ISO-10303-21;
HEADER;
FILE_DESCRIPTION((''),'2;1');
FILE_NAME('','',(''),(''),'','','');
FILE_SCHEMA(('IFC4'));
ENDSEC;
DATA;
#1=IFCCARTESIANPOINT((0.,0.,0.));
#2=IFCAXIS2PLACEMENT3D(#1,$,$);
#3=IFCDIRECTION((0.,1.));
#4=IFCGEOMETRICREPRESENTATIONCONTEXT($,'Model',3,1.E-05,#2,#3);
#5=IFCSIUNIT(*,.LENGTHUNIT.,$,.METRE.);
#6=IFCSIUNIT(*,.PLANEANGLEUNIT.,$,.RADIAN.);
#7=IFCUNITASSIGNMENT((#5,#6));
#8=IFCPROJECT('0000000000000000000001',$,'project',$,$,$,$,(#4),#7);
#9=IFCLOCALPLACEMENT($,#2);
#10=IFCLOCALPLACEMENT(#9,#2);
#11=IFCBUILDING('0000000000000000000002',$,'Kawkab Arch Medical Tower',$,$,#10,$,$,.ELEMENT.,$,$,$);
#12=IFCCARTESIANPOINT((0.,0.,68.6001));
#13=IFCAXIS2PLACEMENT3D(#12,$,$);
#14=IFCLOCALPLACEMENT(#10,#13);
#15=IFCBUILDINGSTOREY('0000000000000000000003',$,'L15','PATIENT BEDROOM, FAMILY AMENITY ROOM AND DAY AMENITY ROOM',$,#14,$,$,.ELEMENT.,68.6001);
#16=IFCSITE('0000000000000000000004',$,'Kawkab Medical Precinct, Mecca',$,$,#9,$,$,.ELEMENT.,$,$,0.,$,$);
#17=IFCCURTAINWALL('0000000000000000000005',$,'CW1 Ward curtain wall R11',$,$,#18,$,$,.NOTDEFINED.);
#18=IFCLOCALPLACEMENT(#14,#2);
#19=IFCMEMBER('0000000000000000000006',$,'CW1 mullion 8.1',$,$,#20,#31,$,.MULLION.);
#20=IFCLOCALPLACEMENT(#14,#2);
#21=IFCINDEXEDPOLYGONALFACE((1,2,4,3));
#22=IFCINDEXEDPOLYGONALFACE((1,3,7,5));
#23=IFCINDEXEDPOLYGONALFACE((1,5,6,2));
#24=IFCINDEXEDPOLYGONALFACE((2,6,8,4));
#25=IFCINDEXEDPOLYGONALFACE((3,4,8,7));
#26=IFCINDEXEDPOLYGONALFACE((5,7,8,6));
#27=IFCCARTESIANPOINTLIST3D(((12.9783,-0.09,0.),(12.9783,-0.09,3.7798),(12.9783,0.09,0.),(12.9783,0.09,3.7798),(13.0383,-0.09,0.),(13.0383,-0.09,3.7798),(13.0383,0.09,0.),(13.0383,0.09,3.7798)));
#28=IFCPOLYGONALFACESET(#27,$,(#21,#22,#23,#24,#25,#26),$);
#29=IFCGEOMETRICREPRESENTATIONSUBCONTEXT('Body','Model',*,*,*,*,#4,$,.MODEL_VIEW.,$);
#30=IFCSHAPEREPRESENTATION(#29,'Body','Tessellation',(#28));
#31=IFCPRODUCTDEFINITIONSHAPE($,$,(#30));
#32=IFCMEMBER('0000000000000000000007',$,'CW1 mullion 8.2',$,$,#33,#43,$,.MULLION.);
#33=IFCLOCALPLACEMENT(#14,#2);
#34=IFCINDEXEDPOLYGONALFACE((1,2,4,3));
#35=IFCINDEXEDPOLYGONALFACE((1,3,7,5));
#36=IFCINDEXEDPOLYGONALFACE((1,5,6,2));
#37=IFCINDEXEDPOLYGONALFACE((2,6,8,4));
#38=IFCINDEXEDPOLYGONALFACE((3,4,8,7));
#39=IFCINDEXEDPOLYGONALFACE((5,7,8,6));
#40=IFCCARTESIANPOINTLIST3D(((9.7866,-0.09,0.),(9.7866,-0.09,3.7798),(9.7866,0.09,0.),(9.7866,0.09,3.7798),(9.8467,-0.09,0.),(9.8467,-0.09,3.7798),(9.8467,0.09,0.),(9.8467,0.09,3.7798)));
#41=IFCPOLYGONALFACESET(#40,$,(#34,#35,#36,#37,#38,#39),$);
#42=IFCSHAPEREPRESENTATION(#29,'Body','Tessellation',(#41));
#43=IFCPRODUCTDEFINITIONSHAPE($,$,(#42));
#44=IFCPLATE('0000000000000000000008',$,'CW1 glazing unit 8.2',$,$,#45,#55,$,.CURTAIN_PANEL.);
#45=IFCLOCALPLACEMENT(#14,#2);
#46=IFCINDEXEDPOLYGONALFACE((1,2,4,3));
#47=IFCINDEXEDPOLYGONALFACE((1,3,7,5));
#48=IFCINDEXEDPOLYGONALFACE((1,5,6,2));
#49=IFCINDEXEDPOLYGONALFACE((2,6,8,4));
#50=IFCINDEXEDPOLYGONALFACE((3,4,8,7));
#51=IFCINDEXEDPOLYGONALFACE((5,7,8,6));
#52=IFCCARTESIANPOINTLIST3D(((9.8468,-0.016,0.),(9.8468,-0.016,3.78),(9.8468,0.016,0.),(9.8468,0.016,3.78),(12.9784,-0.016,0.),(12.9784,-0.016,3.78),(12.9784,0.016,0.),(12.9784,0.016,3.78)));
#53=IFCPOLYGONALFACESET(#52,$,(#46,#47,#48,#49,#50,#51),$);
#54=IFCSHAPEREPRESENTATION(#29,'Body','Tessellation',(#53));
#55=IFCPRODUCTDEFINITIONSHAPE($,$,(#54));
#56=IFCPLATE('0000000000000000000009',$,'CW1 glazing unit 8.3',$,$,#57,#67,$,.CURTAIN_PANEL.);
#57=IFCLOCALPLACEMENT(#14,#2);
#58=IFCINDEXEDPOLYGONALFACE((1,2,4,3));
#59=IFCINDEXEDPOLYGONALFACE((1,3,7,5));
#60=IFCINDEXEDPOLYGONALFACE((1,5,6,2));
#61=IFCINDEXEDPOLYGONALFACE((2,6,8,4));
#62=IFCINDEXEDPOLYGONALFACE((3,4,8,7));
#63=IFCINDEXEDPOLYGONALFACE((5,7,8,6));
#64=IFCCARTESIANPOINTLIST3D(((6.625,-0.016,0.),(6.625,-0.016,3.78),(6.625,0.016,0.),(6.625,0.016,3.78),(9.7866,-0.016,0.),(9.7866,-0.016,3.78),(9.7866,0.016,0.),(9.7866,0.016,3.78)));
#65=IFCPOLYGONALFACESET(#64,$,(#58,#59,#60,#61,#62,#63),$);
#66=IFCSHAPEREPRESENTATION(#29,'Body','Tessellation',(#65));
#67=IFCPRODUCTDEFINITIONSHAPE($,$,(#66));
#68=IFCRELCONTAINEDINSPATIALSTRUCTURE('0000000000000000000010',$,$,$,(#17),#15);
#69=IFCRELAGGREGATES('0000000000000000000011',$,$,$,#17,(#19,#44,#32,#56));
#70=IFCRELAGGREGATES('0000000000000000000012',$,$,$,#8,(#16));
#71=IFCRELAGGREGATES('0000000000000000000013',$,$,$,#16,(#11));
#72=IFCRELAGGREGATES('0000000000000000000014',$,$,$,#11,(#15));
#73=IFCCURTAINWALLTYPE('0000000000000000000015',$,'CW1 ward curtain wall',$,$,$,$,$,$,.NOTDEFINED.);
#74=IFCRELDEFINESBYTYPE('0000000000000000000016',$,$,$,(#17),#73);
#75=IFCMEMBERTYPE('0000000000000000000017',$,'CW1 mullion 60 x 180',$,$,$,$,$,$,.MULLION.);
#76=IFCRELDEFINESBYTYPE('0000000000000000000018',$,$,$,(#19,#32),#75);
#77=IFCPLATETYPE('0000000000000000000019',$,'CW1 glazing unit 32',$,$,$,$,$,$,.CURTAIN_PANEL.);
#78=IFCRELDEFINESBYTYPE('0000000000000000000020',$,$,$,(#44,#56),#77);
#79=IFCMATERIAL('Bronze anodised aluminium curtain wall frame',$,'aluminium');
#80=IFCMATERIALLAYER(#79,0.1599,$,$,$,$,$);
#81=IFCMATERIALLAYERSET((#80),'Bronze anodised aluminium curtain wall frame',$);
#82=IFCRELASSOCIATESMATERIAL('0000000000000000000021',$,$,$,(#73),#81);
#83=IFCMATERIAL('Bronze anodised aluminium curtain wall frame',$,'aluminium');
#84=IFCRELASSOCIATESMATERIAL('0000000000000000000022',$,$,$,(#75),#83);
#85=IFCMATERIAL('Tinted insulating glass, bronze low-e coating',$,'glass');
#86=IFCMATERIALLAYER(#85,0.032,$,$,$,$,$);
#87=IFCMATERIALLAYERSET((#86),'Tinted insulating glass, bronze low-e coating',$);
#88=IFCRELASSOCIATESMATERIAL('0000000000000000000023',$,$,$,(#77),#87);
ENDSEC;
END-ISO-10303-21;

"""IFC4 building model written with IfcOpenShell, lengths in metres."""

from ifc_helpers import new_model, si_unit, direction, frame, origin, origin_2d, place, context, subcontext, project, spatial, rectangle, extrude, material, layer, layer_set, material_profile, profile_set, type_object, element, aggregate, save


model = new_model("IFC4")

# Units and contexts
model_context = context("Model", 3, precision=1e-05, world=origin(), true_north=direction((0.0, 1.0)))
body_context = subcontext(model_context, "Body", "Model", "MODEL_VIEW")
ifc_project = project(units=[si_unit("LENGTHUNIT", "METRE"), si_unit("PLANEANGLEUNIT", "RADIAN")], contexts=[model_context])

# Site, building, storey
site_placement = place(None, origin())
site = spatial("IfcSite", under=ifc_project, at=site_placement, Name="Kawkab Medical Precinct, Mecca", CompositionType="ELEMENT", RefElevation=0.0)
building_placement = place(site_placement, origin())
building = spatial("IfcBuilding", under=site, at=building_placement, Name="Kawkab Arch Medical Tower", CompositionType="ELEMENT")
storey_placement = place(building_placement, frame((0.0, 0.0, 68.6001)))
storey = spatial("IfcBuildingStorey", under=building, at=storey_placement, Name="L15", Description="PATIENT BEDROOM, FAMILY AMENITY ROOM AND DAY AMENITY ROOM", CompositionType="ELEMENT", Elevation=68.6001)

# Curtain wall, members, plates
ifc_material_1 = material(Name="Bronze anodised aluminium curtain wall frame", Category="aluminium")
ifc_layer_1 = layer(ifc_material_1, 0.1599)
ifc_layer_set_1 = layer_set([ifc_layer_1], Name="Bronze anodised aluminium curtain wall frame")
curtain_wall_type = type_object("IfcCurtainWallType", Name="CW1 ward curtain wall", PredefinedType="NOTDEFINED", material=ifc_layer_set_1)
placement = place(storey_placement, origin())
curtain_wall = element("IfcCurtainWall", 1, at=placement, inside=storey, type_object=curtain_wall_type, Name="CW1 Ward curtain wall R11", PredefinedType="NOTDEFINED")
ifc_material_2 = material(Name="Bronze anodised aluminium curtain wall frame", Category="aluminium")
ifc_material_profile_1 = material_profile(ifc_material_2, rectangle(XDim=0.1799, YDim=0.0601, at=origin_2d()), Name="AL 60x180")
ifc_profile_set_1 = profile_set([ifc_material_profile_1], Name="Bronze anodised aluminium curtain wall frame")
member_type = type_object("IfcMemberType", Name="CW1 mullion 60 x 180", PredefinedType="MULLION", material=ifc_profile_set_1)
member_1_placement = place(storey_placement, frame((13.0083, 0.0, 0.0), z_axis=(0.0, 0.0, 1.0), x_axis=(0.0, -1.0, 0.0)))
member_1 = element("IfcMember", 2, at=member_1_placement, type_object=member_type, Name="CW1 mullion 8.1", PredefinedType="MULLION", context=body_context, shape_type="SweptSolid", body=[
    extrude(rectangle(XDim=0.1799, YDim=0.0601, at=origin_2d()), origin(), (0.0, 0.0, 1.0), 3.7798),
])
member_2_placement = place(storey_placement, frame((9.8167, 0.0, 0.0), z_axis=(0.0, 0.0, 1.0), x_axis=(0.0, -1.0, 0.0)))
member_2 = element("IfcMember", 3, at=member_2_placement, type_object=member_type, Name="CW1 mullion 8.2", PredefinedType="MULLION", context=body_context, shape_type="SweptSolid", body=[
    extrude(rectangle(XDim=0.1799, YDim=0.0601, at=origin_2d()), origin(), (0.0, 0.0, 1.0), 3.7798),
])
ifc_material_3 = material(Name="Tinted insulating glass, bronze low-e coating", Category="glass")
ifc_layer_2 = layer(ifc_material_3, 0.032)
ifc_layer_set_2 = layer_set([ifc_layer_2], Name="Tinted insulating glass, bronze low-e coating")
plate_type = type_object("IfcPlateType", Name="CW1 glazing unit 32", PredefinedType="CURTAIN_PANEL", material=ifc_layer_set_2)
plate_1_placement = place(storey_placement, frame((11.4126, 0.0, 0.0), z_axis=(0.0, 0.0, 1.0), x_axis=(-1.0, 0.0, 0.0)))
plate_1 = element("IfcPlate", 4, at=plate_1_placement, type_object=plate_type, Name="CW1 glazing unit 8.2", PredefinedType="CURTAIN_PANEL", context=body_context, shape_type="SweptSolid", body=[
    extrude(rectangle(XDim=3.1316, YDim=0.032, at=origin_2d()), origin(), (0.0, 0.0, 1.0), 3.78),
])
plate_2_placement = place(storey_placement, frame((8.2058, 0.0, 0.0), z_axis=(0.0, 0.0, 1.0), x_axis=(-1.0, 0.0, 0.0)))
plate_2 = element("IfcPlate", 5, at=plate_2_placement, type_object=plate_type, Name="CW1 glazing unit 8.3", PredefinedType="CURTAIN_PANEL", context=body_context, shape_type="SweptSolid", body=[
    extrude(rectangle(XDim=3.1616, YDim=0.032, at=origin_2d()), origin(), (0.0, 0.0, 1.0), 3.78),
])
aggregate(curtain_wall, [member_1, plate_1, member_2, plate_2])

save(model, "model.ifc")
